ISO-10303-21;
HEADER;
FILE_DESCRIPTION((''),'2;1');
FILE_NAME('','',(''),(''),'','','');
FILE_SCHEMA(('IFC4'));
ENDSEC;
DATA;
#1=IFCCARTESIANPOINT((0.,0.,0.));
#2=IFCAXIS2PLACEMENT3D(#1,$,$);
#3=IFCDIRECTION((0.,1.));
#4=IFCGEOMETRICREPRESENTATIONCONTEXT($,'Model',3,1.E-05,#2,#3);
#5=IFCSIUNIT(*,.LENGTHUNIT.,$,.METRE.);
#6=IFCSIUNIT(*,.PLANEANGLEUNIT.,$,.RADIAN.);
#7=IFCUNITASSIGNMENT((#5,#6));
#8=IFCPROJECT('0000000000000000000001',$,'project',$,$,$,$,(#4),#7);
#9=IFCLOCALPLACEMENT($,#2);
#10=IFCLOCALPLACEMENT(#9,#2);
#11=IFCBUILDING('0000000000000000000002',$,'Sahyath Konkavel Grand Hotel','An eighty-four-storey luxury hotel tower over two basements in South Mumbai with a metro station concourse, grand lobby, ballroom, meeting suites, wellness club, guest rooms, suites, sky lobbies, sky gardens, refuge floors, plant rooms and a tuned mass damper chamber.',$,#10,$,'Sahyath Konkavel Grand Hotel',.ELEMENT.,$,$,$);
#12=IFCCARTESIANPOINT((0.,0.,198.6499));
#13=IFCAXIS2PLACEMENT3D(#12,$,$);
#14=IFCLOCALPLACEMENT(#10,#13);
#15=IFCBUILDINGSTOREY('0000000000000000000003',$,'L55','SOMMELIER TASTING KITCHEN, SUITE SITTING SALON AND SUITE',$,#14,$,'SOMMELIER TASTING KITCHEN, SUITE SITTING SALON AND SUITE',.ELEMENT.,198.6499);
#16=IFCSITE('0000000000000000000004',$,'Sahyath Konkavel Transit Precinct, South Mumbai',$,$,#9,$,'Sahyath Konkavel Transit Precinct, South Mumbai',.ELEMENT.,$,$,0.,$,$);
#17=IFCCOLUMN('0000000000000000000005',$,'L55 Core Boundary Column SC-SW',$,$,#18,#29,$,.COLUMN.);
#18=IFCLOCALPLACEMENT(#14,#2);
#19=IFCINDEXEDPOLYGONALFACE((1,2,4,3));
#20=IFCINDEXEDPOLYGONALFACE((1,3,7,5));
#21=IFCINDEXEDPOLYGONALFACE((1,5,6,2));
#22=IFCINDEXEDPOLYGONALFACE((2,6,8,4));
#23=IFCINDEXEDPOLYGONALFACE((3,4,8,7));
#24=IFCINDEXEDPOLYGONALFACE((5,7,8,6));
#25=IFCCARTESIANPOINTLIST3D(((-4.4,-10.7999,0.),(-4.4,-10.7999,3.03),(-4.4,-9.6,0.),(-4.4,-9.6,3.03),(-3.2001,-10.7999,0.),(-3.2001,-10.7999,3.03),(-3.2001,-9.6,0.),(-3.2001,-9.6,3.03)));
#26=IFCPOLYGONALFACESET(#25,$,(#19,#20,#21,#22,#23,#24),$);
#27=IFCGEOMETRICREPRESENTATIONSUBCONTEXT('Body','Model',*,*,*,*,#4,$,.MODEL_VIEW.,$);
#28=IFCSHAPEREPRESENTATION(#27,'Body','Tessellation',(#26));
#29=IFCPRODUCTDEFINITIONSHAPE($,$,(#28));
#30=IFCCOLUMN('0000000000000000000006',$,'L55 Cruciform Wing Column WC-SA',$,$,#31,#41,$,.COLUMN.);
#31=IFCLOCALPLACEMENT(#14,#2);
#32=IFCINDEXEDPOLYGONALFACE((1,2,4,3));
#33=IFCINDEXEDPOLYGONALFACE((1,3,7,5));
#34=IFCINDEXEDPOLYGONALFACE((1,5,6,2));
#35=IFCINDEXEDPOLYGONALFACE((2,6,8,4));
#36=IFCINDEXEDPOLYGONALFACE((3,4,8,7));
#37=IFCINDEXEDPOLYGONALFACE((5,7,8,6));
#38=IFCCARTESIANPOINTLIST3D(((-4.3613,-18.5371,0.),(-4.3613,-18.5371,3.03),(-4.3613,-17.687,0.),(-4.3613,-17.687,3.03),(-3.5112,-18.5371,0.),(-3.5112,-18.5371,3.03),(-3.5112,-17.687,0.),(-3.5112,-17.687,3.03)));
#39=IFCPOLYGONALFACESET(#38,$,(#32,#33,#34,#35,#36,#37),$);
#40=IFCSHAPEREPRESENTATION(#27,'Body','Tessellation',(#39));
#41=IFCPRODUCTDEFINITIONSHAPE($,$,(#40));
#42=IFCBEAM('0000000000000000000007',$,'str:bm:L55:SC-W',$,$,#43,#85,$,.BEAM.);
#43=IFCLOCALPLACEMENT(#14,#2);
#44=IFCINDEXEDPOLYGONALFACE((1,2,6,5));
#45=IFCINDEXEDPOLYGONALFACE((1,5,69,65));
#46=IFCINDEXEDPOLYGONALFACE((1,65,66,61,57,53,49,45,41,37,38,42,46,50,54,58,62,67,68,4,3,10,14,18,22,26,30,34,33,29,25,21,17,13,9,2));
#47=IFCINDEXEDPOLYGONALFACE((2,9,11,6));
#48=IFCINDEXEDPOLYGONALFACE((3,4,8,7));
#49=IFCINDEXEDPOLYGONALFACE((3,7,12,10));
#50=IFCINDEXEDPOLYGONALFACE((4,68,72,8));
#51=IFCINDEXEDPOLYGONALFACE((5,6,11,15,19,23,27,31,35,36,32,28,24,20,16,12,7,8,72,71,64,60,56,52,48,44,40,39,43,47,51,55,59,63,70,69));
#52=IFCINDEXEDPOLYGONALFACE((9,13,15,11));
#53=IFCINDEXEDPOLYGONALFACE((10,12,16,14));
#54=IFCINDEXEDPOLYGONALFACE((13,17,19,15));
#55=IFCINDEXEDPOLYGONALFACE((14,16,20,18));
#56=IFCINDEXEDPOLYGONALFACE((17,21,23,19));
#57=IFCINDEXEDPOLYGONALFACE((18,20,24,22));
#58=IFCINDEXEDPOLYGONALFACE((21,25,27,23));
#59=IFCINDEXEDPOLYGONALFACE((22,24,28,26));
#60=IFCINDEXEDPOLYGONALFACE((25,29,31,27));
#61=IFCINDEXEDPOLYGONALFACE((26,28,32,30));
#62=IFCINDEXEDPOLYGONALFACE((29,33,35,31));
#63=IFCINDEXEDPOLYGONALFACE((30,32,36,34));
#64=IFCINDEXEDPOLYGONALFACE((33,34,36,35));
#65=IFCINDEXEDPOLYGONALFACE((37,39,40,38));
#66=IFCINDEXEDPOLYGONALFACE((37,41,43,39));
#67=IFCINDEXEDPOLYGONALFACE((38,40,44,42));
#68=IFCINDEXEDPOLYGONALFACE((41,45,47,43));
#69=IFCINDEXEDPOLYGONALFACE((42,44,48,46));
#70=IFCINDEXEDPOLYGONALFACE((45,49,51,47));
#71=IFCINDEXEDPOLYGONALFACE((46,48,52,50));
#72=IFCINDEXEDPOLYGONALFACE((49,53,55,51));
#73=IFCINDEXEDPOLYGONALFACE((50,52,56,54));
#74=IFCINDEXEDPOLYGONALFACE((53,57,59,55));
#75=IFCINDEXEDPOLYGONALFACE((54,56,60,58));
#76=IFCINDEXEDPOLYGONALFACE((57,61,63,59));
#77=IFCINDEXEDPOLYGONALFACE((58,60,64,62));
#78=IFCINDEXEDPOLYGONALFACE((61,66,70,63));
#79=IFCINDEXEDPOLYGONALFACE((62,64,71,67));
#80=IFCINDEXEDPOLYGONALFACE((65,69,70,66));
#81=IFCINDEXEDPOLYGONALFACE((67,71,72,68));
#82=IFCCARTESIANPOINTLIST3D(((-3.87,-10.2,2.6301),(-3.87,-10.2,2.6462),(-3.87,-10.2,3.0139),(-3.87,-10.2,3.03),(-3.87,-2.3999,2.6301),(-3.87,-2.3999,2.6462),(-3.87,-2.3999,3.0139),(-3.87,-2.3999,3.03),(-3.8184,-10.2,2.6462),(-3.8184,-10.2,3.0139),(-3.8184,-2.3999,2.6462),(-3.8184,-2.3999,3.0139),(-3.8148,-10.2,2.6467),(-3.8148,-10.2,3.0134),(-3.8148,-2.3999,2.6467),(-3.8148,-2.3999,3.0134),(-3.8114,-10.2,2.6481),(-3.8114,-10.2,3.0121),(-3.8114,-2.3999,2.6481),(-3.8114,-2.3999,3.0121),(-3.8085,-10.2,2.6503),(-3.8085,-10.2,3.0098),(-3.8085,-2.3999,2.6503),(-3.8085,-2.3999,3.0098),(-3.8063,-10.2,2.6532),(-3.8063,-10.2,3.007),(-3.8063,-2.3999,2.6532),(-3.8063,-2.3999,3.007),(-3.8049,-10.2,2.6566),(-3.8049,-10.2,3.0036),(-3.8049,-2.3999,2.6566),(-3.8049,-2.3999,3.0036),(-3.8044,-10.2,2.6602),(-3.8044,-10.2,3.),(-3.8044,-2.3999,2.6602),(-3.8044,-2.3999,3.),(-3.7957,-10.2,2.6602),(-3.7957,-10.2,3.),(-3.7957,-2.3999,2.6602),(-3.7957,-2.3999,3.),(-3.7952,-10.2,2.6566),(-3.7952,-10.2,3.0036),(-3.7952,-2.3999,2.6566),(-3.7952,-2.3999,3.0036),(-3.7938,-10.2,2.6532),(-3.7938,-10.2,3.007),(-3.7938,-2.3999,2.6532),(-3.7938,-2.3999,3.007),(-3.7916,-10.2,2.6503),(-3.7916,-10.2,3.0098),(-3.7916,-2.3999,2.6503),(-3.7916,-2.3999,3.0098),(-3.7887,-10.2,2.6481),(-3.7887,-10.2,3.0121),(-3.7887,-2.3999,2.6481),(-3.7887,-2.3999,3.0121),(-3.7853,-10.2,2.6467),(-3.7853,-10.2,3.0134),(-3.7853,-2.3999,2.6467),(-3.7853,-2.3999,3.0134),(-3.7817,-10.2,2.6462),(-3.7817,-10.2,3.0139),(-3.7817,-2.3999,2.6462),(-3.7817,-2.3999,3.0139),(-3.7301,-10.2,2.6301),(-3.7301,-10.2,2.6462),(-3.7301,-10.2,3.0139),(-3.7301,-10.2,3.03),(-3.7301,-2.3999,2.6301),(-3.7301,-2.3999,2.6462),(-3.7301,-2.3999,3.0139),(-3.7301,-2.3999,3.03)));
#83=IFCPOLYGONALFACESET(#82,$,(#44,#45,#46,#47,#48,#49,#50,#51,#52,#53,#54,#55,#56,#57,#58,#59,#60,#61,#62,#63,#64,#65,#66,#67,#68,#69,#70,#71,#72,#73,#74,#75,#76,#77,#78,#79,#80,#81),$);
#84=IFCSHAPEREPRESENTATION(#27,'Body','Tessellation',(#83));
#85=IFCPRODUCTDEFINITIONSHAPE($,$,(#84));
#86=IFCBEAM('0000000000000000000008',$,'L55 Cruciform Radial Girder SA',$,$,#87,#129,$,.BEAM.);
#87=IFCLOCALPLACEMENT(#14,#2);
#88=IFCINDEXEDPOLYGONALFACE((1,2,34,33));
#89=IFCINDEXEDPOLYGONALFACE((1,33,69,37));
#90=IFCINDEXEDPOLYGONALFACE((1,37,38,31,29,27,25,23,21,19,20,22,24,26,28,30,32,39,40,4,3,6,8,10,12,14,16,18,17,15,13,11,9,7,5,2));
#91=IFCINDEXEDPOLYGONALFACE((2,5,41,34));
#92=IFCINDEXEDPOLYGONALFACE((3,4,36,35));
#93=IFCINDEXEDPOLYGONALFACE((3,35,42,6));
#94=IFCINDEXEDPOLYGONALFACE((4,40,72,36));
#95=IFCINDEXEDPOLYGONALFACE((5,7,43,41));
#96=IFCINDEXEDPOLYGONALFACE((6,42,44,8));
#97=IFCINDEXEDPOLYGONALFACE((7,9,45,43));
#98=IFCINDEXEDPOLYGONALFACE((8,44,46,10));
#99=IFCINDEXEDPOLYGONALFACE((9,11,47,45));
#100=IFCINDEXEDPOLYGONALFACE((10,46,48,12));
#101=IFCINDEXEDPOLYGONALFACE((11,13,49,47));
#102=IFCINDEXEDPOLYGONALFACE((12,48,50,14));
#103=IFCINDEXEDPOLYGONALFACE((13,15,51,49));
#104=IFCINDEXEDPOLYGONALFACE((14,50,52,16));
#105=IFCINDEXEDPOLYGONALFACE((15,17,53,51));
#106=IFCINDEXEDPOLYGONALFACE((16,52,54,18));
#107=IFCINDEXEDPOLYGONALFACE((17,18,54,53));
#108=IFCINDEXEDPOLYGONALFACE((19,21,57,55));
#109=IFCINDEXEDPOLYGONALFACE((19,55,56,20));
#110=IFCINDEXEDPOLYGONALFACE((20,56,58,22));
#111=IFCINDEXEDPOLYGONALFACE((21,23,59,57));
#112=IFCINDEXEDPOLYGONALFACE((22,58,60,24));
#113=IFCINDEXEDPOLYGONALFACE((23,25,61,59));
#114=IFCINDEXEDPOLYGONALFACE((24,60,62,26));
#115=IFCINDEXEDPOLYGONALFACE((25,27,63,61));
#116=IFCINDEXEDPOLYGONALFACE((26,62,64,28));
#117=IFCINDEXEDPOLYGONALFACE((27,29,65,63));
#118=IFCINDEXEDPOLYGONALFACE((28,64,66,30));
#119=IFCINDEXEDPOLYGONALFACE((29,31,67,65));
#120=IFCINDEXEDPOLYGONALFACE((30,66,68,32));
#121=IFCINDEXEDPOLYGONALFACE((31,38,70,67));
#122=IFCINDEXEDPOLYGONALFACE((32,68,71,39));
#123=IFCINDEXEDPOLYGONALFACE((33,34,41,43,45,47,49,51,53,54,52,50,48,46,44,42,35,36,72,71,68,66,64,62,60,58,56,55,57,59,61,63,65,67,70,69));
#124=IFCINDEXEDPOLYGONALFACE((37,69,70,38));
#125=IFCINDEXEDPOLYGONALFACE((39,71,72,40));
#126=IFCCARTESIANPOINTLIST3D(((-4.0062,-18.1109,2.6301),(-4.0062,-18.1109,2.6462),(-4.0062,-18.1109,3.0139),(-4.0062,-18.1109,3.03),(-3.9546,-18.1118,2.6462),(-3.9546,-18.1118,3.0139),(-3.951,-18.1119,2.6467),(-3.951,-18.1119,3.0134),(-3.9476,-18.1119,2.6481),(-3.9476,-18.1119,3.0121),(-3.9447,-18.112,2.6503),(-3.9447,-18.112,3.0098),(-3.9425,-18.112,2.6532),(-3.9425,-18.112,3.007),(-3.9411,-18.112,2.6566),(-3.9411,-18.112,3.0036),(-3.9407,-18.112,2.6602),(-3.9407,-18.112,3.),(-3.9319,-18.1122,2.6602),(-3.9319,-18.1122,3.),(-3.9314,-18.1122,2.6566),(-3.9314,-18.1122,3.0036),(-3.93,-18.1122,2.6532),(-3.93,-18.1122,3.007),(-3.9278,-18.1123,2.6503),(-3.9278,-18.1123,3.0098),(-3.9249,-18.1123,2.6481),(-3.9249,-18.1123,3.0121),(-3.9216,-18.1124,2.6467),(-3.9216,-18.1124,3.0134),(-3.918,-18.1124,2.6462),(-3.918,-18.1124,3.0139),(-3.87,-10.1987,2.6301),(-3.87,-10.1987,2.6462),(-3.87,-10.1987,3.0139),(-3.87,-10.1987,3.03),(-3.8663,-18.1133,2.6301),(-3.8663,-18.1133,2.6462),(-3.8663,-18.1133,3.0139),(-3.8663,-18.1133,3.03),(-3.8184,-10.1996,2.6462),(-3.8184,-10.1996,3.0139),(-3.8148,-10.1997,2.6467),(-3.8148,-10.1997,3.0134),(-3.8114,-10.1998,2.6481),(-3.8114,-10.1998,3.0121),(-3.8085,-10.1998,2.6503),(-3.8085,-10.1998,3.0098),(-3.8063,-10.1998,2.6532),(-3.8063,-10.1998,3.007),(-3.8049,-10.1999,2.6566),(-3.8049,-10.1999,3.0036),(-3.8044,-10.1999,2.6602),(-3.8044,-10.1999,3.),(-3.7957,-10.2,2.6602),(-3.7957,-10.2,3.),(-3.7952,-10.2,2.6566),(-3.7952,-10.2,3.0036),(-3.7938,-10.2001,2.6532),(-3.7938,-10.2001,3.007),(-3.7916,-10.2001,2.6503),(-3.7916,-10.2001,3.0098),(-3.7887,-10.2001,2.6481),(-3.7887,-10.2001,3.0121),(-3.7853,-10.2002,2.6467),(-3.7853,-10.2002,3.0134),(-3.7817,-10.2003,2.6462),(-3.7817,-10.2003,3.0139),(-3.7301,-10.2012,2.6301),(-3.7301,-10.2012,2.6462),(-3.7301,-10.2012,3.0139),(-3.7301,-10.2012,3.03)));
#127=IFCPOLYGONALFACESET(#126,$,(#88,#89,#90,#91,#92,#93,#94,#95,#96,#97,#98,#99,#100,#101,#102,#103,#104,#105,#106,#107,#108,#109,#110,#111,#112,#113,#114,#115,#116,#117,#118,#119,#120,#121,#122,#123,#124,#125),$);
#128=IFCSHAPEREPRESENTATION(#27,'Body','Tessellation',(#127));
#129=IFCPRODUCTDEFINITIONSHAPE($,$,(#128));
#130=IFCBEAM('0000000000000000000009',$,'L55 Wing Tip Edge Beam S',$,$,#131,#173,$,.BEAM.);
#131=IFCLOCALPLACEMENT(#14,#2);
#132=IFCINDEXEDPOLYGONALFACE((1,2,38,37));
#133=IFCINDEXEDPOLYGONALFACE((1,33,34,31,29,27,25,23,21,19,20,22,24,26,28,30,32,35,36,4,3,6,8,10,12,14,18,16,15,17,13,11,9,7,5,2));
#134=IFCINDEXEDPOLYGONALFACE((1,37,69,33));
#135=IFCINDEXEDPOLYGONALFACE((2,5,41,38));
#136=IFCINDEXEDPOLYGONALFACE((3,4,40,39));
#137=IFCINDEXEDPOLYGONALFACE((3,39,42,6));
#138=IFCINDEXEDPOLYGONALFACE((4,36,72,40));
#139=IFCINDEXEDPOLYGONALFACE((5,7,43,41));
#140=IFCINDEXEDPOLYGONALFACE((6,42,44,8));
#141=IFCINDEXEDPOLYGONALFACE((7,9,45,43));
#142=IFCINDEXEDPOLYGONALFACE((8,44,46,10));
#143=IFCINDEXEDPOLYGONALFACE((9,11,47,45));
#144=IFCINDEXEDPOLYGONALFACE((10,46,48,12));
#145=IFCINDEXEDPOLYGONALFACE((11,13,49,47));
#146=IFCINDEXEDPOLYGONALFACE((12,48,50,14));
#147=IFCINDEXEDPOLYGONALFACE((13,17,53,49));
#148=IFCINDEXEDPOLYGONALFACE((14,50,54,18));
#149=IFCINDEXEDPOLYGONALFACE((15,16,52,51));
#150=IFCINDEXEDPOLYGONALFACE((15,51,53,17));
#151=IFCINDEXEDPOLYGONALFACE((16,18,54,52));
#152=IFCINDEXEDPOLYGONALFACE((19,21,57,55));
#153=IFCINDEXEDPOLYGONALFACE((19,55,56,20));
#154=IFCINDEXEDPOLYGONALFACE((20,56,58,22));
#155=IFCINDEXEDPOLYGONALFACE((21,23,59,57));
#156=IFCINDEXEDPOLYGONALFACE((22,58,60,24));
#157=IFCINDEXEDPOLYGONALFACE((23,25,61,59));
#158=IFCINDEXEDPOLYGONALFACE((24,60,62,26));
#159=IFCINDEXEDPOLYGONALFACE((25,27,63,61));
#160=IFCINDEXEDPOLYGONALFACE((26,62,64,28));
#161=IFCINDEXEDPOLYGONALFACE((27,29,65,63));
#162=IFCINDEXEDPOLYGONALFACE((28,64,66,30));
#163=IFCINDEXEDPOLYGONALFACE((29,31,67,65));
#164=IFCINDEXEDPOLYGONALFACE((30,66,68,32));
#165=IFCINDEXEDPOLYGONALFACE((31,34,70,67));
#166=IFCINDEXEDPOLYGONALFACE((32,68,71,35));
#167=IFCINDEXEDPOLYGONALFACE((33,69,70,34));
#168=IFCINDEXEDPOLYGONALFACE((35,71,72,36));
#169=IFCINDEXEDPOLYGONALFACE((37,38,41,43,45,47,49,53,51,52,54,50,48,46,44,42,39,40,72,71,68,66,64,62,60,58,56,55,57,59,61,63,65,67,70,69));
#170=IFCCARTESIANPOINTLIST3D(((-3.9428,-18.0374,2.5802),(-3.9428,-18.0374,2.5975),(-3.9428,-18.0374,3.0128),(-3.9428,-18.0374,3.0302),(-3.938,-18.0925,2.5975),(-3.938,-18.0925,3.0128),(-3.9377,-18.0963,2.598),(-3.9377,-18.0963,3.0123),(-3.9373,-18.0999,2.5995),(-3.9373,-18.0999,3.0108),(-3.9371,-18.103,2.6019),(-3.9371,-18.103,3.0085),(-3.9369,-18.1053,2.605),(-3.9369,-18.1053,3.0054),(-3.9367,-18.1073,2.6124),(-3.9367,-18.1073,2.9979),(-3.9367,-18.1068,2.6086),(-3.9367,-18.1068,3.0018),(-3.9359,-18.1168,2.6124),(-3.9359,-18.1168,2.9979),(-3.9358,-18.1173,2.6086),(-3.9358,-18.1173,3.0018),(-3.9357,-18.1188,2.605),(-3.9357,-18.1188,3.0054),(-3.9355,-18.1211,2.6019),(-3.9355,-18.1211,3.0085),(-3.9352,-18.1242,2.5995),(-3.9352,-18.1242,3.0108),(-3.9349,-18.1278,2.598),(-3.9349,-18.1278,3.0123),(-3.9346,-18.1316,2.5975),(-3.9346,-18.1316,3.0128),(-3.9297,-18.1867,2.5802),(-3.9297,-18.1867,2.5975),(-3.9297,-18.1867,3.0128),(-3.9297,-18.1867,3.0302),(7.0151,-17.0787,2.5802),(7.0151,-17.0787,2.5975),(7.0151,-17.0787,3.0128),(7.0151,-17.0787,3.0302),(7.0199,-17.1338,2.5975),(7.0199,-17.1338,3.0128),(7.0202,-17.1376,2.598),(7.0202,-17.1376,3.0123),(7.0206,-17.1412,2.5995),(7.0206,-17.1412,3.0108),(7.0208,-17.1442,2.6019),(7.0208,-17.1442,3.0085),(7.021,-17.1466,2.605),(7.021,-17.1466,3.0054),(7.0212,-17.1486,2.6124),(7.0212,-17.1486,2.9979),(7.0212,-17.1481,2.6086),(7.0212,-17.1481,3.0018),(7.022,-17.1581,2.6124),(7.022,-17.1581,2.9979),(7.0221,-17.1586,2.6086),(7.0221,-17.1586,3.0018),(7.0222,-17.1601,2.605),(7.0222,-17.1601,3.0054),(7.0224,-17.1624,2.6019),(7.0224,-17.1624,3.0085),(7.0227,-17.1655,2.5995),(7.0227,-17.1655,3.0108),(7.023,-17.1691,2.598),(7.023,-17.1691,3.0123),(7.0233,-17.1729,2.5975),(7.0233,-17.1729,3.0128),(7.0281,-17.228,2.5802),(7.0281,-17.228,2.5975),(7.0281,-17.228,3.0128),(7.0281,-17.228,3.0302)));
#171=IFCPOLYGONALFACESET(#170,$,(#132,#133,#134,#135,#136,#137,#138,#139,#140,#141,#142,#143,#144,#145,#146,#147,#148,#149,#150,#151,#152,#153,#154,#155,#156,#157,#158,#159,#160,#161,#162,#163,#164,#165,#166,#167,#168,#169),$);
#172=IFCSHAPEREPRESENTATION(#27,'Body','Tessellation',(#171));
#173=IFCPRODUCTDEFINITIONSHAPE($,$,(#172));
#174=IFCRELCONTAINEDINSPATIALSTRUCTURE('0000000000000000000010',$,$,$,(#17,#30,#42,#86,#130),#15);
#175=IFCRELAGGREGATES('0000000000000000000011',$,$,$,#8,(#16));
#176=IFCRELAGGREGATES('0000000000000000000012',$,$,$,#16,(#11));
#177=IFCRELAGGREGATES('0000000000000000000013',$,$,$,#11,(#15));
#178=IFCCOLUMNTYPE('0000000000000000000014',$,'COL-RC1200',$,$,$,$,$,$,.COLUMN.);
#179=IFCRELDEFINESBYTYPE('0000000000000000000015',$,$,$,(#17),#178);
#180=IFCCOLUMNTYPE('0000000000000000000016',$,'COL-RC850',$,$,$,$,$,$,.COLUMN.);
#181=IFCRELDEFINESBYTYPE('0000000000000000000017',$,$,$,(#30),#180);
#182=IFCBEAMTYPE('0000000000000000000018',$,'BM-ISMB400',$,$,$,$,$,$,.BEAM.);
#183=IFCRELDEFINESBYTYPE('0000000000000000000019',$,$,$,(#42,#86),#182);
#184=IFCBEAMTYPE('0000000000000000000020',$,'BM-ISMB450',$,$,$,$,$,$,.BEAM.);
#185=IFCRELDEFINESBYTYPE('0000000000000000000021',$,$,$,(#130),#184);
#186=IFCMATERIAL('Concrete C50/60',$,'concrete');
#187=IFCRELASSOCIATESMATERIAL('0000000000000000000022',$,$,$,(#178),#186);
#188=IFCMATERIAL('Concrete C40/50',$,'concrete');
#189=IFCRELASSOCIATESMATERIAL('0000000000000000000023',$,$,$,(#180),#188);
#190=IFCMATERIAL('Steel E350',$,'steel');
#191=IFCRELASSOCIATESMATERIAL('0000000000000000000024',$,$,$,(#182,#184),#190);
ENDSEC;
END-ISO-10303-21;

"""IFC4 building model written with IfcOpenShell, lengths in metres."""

from ifc_helpers import new_model, si_unit, direction, frame, origin, origin_2d, place, context, subcontext, project, spatial, rectangle, i_section, extrude, source, transform, mapped, material, material_profile, profile_set, type_object, element, save


model = new_model("IFC4")

# Units and contexts
model_context = context("Model", 3, precision=1e-05, world=origin(), true_north=direction((0.0, 1.0)))
body_context = subcontext(model_context, "Body", "Model", "MODEL_VIEW")
ifc_project = project(units=[si_unit("LENGTHUNIT", "METRE"), si_unit("PLANEANGLEUNIT", "RADIAN")], contexts=[model_context])

# Site, building, storey
site_placement = place(None, origin())
site = spatial("IfcSite", under=ifc_project, at=site_placement, Name="Sahyath Konkavel Transit Precinct, South Mumbai", LongName="Sahyath Konkavel Transit Precinct, South Mumbai", CompositionType="ELEMENT", RefElevation=0.0)
building_placement = place(site_placement, origin())
building = spatial("IfcBuilding", under=site, at=building_placement, Name="Sahyath Konkavel Grand Hotel", Description="An eighty-four-storey luxury hotel tower over two basements in South Mumbai with a metro station concourse, grand lobby, ballroom, meeting suites, wellness club, guest rooms, suites, sky lobbies, sky gardens, refuge floors, plant rooms and a tuned mass damper chamber.", LongName="Sahyath Konkavel Grand Hotel", CompositionType="ELEMENT")
storey_placement = place(building_placement, frame((0.0, 0.0, 198.6499)))
storey = spatial("IfcBuildingStorey", under=building, at=storey_placement, Name="L55", Description="SOMMELIER TASTING KITCHEN, SUITE SITTING SALON AND SUITE", LongName="SOMMELIER TASTING KITCHEN, SUITE SITTING SALON AND SUITE", CompositionType="ELEMENT", Elevation=198.6499)

# Columns
ifc_material_1 = material(Name="Concrete C50/60", Category="concrete")
ifc_material_profile_1 = material_profile(ifc_material_1, rectangle(XDim=1.2, YDim=1.2, at=origin_2d()), Name="RC 1200x1200")
ifc_profile_set_1 = profile_set([ifc_material_profile_1], Name="Concrete C50/60")
column_type_1 = type_object("IfcColumnType", Name="COL-RC1200", PredefinedType="COLUMN", material=ifc_profile_set_1)
shared_shape_1 = source(origin(), body_context, "Body", "SweptSolid", [
    extrude(rectangle(XDim=1.2, YDim=1.2, at=origin_2d()), origin(), (0.0, 0.0, 1.0), 3.03),
])
column_1_placement = place(storey_placement, frame((-3.8, -10.2, 0.0), z_axis=(0.0, 0.0, 1.0), x_axis=(1.0, 0.0, 0.0)))
element("IfcColumn", 1, at=column_1_placement, inside=storey, type_object=column_type_1, Name="L55 Core Boundary Column SC-SW", PredefinedType="COLUMN", context=body_context, shape_type="MappedRepresentation", body=[
    mapped(shared_shape_1, transform((0.0, 0.0, 0.0), scale=1.0)),
])
ifc_material_2 = material(Name="Concrete C40/50", Category="concrete")
ifc_material_profile_2 = material_profile(ifc_material_2, rectangle(XDim=0.8501, YDim=0.8501, at=origin_2d()), Name="RC 850x850")
ifc_profile_set_2 = profile_set([ifc_material_profile_2], Name="Concrete C40/50")
column_type_2 = type_object("IfcColumnType", Name="COL-RC850", PredefinedType="COLUMN", material=ifc_profile_set_2)
shared_shape_2 = source(origin(), body_context, "Body", "SweptSolid", [
    extrude(rectangle(XDim=0.8501, YDim=0.8501, at=origin_2d()), origin(), (0.0, 0.0, 1.0), 3.03),
])
column_2_placement = place(storey_placement, frame((-3.9363, -18.1121, 0.0), z_axis=(0.0, 0.0, 1.0), x_axis=(1.0, 0.0, 0.0)))
element("IfcColumn", 2, at=column_2_placement, inside=storey, type_object=column_type_2, Name="L55 Cruciform Wing Column WC-SA", PredefinedType="COLUMN", context=body_context, shape_type="MappedRepresentation", body=[
    mapped(shared_shape_2, transform((0.0, 0.0, 0.0), scale=1.0)),
])

# Beams
ifc_material_3 = material(Name="Steel E350", Category="steel")
ifc_material_profile_3 = material_profile(ifc_material_3, i_section(OverallWidth=0.1399, OverallDepth=0.3999, WebThickness=0.0088, FlangeThickness=0.0161, FilletRadius=0.0139, at=origin_2d()), Name="ISMB 400")
ifc_profile_set_3 = profile_set([ifc_material_profile_3], Name="Steel E350")
beam_type_1 = type_object("IfcBeamType", Name="BM-ISMB400", PredefinedType="BEAM", material=ifc_profile_set_3)
shared_shape_3 = source(origin(), body_context, "Body", "SweptSolid", [
    extrude(i_section(OverallWidth=0.1399, OverallDepth=0.3999, WebThickness=0.0088, FlangeThickness=0.0161, FilletRadius=0.0139, at=origin_2d()), origin(), (0.0, 0.0, 1.0), 7.8),
])
beam_1_placement = place(storey_placement, frame((-3.8, -10.2, 2.8301), z_axis=(0.0, 1.0, 0.0), x_axis=(-1.0, 0.0, 0.0)))
element("IfcBeam", 3, at=beam_1_placement, inside=storey, type_object=beam_type_1, Name="str:bm:L55:SC-W", PredefinedType="BEAM", context=body_context, shape_type="MappedRepresentation", body=[
    mapped(shared_shape_3, transform((0.0, 0.0, 0.0), scale=1.0)),
])
shared_shape_4 = source(origin(), body_context, "Body", "SweptSolid", [
    extrude(i_section(OverallWidth=0.1399, OverallDepth=0.3999, WebThickness=0.0088, FlangeThickness=0.0161, FilletRadius=0.0139, at=origin_2d()), origin(), (0.0, 0.0, 1.0), 7.9133),
])
beam_2_placement = place(storey_placement, frame((-3.8, -10.2, 2.8301), z_axis=(-0.017215, -0.999852, 0.0), x_axis=(0.999852, -0.017215, 0.0)))
element("IfcBeam", 4, at=beam_2_placement, inside=storey, type_object=beam_type_1, Name="L55 Cruciform Radial Girder SA", PredefinedType="BEAM", context=body_context, shape_type="MappedRepresentation", body=[
    mapped(shared_shape_4, transform((0.0, 0.0, 0.0), scale=1.0)),
])
ifc_material_profile_4 = material_profile(ifc_material_3, i_section(OverallWidth=0.1499, OverallDepth=0.45, WebThickness=0.0095, FlangeThickness=0.0173, FilletRadius=0.0149, at=origin_2d()), Name="ISMB 450")
ifc_profile_set_4 = profile_set([ifc_material_profile_4], Name="Steel E350")
beam_type_2 = type_object("IfcBeamType", Name="BM-ISMB450", PredefinedType="BEAM", material=ifc_profile_set_4)
shared_shape_5 = source(origin(), body_context, "Body", "SweptSolid", [
    extrude(i_section(OverallWidth=0.1499, OverallDepth=0.45, WebThickness=0.0095, FlangeThickness=0.0173, FilletRadius=0.0149, at=origin_2d()), origin(), (0.0, 0.0, 1.0), 10.9998),
])
beam_3_placement = place(storey_placement, frame((-3.9363, -18.1121, 2.8052), z_axis=(0.996194, 0.087159, 0.0), x_axis=(-0.087159, 0.996194, 0.0)))
element("IfcBeam", 5, at=beam_3_placement, inside=storey, type_object=beam_type_2, Name="L55 Wing Tip Edge Beam S", PredefinedType="BEAM", context=body_context, shape_type="MappedRepresentation", body=[
    mapped(shared_shape_5, transform((0.0, 0.0, 0.0), scale=1.0)),
])

save(model, "model.ifc")
